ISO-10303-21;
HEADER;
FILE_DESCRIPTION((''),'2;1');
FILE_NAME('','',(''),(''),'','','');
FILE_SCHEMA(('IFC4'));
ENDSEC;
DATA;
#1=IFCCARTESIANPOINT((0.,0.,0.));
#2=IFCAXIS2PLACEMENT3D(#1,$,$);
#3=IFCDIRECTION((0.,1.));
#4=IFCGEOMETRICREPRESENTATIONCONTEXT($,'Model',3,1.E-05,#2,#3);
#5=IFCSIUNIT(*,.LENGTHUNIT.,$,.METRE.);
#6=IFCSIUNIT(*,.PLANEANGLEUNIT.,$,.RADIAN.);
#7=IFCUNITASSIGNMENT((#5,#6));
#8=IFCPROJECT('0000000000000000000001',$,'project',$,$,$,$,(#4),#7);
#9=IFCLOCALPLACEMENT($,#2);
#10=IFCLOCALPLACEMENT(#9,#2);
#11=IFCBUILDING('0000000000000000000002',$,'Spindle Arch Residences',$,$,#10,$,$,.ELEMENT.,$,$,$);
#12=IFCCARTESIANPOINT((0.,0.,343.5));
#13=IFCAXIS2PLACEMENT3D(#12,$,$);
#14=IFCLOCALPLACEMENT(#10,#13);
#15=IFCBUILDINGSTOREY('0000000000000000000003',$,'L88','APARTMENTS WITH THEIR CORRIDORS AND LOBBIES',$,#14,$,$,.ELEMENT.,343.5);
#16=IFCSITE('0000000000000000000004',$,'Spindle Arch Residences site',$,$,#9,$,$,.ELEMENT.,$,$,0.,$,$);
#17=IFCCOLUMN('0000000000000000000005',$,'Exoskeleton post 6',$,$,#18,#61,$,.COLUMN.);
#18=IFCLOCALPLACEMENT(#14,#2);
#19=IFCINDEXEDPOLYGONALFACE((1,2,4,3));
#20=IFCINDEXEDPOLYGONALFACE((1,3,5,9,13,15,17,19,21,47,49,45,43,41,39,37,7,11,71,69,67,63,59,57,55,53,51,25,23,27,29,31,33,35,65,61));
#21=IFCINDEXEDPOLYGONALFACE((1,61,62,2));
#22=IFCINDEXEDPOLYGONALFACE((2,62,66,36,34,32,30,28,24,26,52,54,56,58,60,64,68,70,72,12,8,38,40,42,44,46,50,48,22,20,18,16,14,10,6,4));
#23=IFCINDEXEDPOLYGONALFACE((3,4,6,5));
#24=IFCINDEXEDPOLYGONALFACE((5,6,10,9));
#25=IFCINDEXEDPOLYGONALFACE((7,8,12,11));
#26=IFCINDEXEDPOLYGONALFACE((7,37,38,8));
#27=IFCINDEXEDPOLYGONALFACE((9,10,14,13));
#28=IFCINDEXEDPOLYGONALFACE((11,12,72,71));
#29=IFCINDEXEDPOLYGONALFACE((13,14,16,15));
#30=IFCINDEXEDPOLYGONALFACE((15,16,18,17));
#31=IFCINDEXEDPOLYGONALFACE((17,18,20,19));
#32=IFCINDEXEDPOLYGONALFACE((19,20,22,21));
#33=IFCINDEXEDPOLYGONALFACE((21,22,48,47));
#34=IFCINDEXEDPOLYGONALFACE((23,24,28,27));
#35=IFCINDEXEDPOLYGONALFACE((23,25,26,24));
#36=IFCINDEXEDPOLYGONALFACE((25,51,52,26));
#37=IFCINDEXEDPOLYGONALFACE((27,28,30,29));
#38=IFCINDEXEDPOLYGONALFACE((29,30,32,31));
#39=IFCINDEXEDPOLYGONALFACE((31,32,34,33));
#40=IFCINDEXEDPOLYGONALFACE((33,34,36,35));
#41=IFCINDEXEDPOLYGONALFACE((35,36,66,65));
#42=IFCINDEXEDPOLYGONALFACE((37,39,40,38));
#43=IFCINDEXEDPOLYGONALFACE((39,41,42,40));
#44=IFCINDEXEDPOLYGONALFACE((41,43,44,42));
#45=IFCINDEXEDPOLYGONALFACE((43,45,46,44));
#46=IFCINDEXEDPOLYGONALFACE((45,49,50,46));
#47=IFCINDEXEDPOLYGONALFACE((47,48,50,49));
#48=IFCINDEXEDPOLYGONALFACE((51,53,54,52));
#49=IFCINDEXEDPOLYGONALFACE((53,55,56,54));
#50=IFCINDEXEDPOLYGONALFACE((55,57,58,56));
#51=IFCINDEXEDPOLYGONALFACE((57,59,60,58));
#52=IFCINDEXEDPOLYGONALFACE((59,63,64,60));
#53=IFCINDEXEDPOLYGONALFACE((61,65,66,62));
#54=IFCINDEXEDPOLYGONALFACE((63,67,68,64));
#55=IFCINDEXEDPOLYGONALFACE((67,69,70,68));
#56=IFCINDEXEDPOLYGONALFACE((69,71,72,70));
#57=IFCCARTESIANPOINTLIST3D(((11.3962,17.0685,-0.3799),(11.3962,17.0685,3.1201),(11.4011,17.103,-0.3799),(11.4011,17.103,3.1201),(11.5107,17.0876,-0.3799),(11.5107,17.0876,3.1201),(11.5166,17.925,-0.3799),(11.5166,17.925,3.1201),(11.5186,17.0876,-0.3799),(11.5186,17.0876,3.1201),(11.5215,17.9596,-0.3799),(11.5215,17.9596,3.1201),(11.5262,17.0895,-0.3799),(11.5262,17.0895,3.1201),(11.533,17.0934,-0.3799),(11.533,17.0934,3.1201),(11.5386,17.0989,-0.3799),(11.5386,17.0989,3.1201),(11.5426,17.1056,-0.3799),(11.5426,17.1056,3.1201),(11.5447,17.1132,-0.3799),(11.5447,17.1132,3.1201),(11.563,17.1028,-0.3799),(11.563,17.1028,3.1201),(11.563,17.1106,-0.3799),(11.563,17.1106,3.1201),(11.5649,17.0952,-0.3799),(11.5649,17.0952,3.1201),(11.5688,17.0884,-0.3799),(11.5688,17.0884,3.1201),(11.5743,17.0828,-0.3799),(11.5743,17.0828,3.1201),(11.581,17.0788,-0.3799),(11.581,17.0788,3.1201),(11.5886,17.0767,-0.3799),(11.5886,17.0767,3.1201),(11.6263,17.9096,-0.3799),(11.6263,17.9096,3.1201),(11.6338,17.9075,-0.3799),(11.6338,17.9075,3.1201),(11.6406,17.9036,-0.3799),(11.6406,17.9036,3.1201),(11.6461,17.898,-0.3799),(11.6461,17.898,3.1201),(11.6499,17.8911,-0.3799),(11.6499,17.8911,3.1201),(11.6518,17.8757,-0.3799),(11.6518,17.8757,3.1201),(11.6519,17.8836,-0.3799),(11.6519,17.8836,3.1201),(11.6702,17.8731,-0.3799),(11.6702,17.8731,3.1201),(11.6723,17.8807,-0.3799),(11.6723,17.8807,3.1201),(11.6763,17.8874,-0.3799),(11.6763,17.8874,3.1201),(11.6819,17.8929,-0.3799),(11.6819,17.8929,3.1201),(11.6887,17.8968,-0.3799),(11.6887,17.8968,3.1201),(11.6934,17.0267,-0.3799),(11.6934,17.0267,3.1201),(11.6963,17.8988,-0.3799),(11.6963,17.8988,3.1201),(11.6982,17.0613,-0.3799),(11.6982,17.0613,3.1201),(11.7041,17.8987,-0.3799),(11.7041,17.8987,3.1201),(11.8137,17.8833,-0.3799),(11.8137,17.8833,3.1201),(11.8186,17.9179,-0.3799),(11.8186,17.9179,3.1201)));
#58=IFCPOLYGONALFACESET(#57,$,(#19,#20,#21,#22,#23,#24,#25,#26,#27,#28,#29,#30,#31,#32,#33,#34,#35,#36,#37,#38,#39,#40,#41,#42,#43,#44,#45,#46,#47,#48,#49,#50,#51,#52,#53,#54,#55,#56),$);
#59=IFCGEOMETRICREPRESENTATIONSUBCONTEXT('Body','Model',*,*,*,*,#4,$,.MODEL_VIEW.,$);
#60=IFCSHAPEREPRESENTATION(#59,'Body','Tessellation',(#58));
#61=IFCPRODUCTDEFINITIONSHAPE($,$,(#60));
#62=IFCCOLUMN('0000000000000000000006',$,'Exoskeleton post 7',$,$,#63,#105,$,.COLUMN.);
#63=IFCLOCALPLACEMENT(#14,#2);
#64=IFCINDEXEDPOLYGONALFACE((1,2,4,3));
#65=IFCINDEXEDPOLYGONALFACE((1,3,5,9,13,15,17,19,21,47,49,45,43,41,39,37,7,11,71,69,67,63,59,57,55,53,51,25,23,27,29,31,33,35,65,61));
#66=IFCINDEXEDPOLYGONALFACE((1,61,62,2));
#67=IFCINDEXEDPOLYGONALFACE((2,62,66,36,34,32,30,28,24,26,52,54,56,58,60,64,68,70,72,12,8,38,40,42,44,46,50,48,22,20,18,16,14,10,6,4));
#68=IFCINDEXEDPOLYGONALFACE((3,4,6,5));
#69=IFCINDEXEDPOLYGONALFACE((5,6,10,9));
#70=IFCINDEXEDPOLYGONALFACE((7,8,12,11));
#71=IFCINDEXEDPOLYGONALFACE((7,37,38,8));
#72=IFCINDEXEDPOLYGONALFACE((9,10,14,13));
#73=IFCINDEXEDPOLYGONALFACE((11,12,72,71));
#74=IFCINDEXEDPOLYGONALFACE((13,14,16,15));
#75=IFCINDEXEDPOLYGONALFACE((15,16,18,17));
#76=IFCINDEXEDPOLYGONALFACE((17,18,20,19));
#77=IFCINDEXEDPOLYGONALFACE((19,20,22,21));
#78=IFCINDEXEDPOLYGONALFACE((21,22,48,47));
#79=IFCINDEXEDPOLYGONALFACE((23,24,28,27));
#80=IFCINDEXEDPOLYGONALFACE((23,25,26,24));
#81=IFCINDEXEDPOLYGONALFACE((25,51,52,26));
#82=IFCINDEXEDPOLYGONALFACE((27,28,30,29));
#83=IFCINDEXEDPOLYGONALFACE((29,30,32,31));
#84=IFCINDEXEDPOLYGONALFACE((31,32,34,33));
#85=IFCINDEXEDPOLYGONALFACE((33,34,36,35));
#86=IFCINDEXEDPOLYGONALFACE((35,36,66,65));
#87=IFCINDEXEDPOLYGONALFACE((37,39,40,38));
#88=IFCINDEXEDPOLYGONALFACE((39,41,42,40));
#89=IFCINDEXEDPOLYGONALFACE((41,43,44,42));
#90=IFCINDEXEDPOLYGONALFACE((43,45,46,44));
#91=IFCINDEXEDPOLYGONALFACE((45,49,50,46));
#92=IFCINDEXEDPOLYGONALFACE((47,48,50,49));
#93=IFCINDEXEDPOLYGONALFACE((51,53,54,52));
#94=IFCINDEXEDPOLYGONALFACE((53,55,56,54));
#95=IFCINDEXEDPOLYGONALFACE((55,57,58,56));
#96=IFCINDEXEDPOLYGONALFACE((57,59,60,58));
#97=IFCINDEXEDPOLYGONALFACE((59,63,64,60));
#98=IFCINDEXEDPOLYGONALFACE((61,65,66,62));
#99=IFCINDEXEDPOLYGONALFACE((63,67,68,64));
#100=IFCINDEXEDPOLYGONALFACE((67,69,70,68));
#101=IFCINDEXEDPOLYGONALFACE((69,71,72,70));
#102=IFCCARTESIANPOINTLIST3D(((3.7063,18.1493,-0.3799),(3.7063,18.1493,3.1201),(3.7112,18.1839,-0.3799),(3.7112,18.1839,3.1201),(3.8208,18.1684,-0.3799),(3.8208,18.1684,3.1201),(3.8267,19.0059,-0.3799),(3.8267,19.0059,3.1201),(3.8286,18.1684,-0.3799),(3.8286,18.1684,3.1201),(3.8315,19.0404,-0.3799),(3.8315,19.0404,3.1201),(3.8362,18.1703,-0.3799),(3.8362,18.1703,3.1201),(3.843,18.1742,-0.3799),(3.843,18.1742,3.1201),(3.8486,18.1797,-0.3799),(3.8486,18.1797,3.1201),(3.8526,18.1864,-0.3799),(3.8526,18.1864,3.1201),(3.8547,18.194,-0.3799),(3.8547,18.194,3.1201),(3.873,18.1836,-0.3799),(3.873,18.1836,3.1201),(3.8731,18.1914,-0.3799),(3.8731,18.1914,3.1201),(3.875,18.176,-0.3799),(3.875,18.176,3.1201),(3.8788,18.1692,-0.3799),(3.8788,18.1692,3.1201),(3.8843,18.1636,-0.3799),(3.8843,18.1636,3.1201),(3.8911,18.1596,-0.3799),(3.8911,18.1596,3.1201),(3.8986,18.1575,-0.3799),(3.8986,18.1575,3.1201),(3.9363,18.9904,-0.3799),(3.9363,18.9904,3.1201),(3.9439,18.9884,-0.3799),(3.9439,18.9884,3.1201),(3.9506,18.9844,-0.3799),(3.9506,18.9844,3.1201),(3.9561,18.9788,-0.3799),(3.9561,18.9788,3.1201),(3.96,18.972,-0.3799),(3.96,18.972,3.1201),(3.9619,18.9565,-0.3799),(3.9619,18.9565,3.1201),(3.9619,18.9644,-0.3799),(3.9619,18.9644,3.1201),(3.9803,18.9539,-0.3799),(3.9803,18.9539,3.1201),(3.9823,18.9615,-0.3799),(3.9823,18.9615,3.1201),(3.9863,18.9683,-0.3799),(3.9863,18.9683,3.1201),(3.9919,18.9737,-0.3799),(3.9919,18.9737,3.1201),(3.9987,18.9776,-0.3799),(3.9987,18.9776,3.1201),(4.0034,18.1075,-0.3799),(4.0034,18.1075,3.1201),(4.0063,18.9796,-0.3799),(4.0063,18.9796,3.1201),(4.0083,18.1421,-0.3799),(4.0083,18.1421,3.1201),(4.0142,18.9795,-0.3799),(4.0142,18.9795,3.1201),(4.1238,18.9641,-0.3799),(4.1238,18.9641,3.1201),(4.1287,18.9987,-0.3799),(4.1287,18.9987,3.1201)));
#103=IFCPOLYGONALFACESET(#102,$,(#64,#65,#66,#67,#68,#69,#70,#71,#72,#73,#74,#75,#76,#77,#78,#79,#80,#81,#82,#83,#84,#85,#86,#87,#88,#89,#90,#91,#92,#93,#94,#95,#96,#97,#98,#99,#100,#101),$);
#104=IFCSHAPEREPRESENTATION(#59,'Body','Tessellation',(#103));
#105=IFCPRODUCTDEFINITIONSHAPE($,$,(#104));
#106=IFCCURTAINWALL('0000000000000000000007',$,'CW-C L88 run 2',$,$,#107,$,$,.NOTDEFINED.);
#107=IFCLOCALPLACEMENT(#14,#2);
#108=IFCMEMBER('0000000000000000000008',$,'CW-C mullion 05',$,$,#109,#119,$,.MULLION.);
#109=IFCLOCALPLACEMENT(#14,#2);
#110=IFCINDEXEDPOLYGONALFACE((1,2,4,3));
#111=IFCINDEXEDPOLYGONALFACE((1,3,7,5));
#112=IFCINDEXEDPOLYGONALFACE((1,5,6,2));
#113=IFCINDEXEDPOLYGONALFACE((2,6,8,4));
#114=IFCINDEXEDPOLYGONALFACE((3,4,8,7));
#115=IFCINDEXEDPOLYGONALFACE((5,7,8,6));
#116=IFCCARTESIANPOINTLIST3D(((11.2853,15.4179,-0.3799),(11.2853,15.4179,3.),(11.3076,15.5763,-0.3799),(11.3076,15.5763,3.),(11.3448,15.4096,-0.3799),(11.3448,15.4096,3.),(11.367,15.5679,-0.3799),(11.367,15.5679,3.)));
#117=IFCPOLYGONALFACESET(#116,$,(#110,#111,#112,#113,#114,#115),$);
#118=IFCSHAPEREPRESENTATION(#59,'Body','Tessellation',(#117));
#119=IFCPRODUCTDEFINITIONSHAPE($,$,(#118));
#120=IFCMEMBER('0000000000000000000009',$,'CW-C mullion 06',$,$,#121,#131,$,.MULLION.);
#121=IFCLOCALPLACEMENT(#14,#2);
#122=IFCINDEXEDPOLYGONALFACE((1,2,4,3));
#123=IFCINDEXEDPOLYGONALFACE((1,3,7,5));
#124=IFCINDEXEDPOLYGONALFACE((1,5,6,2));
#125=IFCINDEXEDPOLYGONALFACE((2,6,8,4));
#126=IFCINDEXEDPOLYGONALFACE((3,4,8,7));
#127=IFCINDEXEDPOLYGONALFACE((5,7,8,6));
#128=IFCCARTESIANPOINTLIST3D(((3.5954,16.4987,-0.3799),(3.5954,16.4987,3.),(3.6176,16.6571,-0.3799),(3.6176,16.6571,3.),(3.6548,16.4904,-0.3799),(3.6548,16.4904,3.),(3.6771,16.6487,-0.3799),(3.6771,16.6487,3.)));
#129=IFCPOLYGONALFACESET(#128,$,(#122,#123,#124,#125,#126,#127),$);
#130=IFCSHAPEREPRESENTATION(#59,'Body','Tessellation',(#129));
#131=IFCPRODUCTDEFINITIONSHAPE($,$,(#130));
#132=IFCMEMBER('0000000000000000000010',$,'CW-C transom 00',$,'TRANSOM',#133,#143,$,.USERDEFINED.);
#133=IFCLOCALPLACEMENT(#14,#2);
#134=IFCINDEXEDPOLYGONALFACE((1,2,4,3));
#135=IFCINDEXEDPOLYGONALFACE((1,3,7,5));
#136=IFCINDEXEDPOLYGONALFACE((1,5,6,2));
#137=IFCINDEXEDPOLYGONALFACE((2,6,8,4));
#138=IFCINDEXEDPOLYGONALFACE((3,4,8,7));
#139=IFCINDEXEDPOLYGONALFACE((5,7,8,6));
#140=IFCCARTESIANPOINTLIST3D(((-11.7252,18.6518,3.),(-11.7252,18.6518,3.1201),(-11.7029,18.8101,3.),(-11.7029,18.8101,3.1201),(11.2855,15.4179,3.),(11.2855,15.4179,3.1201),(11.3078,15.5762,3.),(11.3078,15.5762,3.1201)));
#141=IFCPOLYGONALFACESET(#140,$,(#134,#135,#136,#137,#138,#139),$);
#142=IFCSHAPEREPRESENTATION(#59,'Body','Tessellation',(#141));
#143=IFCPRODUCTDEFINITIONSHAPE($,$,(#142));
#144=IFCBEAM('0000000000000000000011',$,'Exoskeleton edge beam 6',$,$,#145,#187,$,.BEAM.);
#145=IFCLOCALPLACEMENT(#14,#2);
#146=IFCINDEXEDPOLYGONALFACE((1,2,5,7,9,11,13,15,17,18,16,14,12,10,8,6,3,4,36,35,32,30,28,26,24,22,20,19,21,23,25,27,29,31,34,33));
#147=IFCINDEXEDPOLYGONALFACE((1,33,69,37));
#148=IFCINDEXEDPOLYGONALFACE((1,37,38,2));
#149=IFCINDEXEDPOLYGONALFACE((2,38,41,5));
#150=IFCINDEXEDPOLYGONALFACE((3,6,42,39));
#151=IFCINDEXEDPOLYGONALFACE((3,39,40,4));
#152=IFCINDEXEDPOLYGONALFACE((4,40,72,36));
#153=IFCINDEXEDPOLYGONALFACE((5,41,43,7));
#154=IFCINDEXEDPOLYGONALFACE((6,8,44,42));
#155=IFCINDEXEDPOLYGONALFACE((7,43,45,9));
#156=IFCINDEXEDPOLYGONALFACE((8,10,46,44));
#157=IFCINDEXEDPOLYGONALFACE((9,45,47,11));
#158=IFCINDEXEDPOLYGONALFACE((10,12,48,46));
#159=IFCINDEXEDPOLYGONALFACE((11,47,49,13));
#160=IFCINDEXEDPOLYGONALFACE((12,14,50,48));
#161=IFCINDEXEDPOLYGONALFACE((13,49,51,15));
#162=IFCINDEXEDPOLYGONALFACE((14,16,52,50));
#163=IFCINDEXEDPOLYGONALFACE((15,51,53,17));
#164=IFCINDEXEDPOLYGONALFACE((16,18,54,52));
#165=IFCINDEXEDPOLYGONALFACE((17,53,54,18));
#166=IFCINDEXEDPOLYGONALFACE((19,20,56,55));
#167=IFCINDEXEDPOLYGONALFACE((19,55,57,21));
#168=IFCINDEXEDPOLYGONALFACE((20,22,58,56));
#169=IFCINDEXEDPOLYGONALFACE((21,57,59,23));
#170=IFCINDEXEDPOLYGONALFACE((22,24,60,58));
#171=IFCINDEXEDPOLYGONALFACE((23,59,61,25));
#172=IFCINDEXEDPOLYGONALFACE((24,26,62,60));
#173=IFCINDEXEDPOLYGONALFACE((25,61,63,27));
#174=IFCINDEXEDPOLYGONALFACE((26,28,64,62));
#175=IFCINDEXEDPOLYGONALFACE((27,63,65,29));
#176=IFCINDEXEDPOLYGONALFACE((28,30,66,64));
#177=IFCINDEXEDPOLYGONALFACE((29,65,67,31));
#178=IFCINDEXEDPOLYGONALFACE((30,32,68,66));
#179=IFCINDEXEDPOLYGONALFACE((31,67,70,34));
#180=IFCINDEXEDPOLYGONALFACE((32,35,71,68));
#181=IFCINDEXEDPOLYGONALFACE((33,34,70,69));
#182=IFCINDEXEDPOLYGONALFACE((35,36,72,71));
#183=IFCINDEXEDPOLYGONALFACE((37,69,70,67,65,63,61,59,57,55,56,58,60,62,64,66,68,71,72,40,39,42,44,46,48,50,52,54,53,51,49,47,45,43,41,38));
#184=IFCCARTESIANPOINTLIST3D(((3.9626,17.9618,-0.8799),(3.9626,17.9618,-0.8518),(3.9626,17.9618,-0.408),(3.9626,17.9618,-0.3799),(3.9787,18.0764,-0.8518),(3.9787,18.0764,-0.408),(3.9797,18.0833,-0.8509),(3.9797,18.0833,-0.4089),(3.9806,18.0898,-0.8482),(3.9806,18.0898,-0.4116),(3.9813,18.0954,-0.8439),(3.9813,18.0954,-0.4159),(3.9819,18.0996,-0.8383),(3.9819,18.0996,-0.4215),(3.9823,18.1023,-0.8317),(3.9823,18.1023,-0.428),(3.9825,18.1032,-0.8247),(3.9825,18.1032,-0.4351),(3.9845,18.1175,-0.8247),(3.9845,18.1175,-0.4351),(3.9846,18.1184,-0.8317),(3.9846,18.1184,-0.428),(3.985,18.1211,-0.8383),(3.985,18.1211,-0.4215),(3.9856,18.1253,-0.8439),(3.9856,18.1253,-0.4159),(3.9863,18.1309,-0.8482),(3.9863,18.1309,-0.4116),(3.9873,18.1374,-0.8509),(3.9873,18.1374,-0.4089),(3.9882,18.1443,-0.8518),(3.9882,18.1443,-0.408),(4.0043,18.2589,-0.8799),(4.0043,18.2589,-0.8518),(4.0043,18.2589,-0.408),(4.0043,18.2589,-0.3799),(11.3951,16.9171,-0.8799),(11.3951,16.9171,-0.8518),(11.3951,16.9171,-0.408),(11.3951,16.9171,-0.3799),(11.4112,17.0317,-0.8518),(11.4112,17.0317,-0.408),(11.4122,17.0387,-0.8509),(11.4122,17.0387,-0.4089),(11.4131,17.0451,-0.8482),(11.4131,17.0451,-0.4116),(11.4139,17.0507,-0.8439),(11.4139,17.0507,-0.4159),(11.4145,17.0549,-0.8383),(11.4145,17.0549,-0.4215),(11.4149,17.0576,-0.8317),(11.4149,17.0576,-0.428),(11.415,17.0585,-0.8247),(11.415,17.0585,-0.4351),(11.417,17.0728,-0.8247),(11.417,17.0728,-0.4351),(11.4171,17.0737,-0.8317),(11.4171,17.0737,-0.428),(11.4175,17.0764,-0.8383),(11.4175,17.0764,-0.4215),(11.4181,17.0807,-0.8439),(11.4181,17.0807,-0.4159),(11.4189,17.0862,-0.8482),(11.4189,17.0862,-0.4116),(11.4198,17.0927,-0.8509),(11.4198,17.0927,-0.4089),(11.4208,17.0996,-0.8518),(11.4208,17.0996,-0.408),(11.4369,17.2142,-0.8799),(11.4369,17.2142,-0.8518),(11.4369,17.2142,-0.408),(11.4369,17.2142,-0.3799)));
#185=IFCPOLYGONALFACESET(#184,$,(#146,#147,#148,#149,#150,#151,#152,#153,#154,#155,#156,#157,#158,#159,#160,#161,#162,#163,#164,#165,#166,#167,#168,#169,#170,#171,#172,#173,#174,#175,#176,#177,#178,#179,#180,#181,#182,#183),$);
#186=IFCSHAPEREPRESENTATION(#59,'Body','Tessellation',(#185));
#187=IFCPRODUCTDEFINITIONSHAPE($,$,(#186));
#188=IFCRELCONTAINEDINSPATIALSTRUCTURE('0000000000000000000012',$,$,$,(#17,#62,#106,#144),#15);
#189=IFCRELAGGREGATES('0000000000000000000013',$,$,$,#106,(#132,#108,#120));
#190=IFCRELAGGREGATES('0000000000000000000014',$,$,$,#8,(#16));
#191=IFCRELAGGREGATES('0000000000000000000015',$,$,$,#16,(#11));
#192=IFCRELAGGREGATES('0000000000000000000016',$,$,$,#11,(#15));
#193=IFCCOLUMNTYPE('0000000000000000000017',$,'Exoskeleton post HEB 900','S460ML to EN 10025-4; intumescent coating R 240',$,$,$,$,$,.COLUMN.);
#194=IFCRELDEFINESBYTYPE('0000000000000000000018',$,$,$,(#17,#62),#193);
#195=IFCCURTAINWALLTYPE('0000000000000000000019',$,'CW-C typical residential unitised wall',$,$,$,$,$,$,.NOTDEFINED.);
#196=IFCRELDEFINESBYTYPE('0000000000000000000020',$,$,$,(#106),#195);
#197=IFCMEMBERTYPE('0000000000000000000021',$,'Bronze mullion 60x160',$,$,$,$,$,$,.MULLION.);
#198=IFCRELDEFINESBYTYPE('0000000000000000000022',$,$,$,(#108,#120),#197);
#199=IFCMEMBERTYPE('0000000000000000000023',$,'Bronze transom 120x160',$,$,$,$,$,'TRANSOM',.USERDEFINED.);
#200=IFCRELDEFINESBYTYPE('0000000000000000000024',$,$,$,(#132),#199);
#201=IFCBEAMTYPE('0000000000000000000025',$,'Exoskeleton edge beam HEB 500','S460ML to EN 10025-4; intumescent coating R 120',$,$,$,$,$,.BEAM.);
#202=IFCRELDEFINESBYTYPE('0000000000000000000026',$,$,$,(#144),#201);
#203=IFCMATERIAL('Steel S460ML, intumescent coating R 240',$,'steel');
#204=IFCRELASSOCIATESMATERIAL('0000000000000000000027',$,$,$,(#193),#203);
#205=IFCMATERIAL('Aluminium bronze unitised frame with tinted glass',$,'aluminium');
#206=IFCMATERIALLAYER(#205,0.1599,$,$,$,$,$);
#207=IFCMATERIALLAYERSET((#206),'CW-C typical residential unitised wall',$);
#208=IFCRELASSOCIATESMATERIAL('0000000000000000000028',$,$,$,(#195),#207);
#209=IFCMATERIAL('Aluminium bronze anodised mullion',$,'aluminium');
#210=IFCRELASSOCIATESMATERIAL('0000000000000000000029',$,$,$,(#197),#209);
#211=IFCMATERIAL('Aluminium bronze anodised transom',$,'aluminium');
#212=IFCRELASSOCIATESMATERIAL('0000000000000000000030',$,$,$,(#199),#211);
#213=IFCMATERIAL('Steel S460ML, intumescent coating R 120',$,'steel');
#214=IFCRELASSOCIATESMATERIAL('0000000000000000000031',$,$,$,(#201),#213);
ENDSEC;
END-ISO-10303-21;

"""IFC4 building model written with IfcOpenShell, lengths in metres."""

from ifc_helpers import new_model, si_unit, direction, frame, origin, origin_2d, place, context, subcontext, project, spatial, rectangle, i_section, extrude, material, layer, layer_set, material_profile, profile_set, type_object, element, aggregate, save


model = new_model("IFC4")

# Units and contexts
model_context = context("Model", 3, precision=1e-05, world=origin(), true_north=direction((0.0, 1.0)))
body_context = subcontext(model_context, "Body", "Model", "MODEL_VIEW")
ifc_project = project(units=[si_unit("LENGTHUNIT", "METRE"), si_unit("PLANEANGLEUNIT", "RADIAN")], contexts=[model_context])

# Site, building, storey
site_placement = place(None, origin())
site = spatial("IfcSite", under=ifc_project, at=site_placement, Name="Spindle Arch Residences site", CompositionType="ELEMENT", RefElevation=0.0)
building_placement = place(site_placement, origin())
building = spatial("IfcBuilding", under=site, at=building_placement, Name="Spindle Arch Residences", CompositionType="ELEMENT")
storey_placement = place(building_placement, frame((0.0, 0.0, 343.5)))
storey = spatial("IfcBuildingStorey", under=building, at=storey_placement, Name="L88", Description="APARTMENTS WITH THEIR CORRIDORS AND LOBBIES", CompositionType="ELEMENT", Elevation=343.5)

# Columns
ifc_material_1 = material(Name="Steel S460ML, intumescent coating R 240", Category="steel")
ifc_material_profile_1 = material_profile(ifc_material_1, i_section(OverallWidth=0.3, OverallDepth=0.8999, WebThickness=0.0186, FlangeThickness=0.0349, FilletRadius=0.03, at=origin_2d()), Name="HEB 900")
ifc_profile_set_1 = profile_set([ifc_material_profile_1], Name="Steel S460ML, intumescent coating R 240")
column_type = type_object("IfcColumnType", Name="Exoskeleton post HEB 900", Description="S460ML to EN 10025-4; intumescent coating R 240", PredefinedType="COLUMN", material=ifc_profile_set_1)
for number, where, z_axis, x_axis, name in (
    (1, (11.6074, 17.4932, -0.3799), (0.0, 0.0, 1.0), (0.990268, -0.139173, 0.0), "Exoskeleton post 6"),
    (2, (3.9175, 18.574, -0.3799), (0.0, 0.0, 1.0), (0.990268, -0.139173, 0.0), "Exoskeleton post 7"),
):
    element("IfcColumn", number, at=place(storey_placement, frame(where, z_axis=z_axis, x_axis=x_axis)), inside=storey, type_object=column_type, Name=name, PredefinedType="COLUMN", context=body_context, shape_type="SweptSolid", body=[
        extrude(i_section(OverallWidth=0.3, OverallDepth=0.8999, WebThickness=0.0186, FlangeThickness=0.0349, FilletRadius=0.03, at=origin_2d()), origin(), (0.0, 0.0, 1.0), 3.5),
    ])

# Curtain wall, members
ifc_material_2 = material(Name="Aluminium bronze unitised frame with tinted glass", Category="aluminium")
ifc_layer_1 = layer(ifc_material_2, 0.1599)
ifc_layer_set_1 = layer_set([ifc_layer_1], Name="CW-C typical residential unitised wall")
curtain_wall_type_1 = type_object("IfcCurtainWallType", Name="CW-C typical residential unitised wall", PredefinedType="NOTDEFINED", material=ifc_layer_set_1)
curtain_wall_1_placement = place(storey_placement, origin())
curtain_wall_1 = element("IfcCurtainWall", 3, at=curtain_wall_1_placement, inside=storey, type_object=curtain_wall_type_1, Name="CW-C L88 run 2", PredefinedType="NOTDEFINED")
ifc_material_3 = material(Name="Aluminium bronze anodised mullion", Category="aluminium")
ifc_material_profile_2 = material_profile(ifc_material_3, rectangle(XDim=0.1599, YDim=0.0601, at=origin_2d()), Name="MU 60x160")
ifc_profile_set_2 = profile_set([ifc_material_profile_2], Name="Aluminium bronze anodised mullion")
member_type_1 = type_object("IfcMemberType", Name="Bronze mullion 60x160", PredefinedType="MULLION", material=ifc_profile_set_2)
member_1_placement = place(storey_placement, frame((11.3262, 15.4929, -0.3799), z_axis=(0.0, 0.0, 1.0), x_axis=(-0.139173, -0.990268, 0.0)))
member_1 = element("IfcMember", 4, at=member_1_placement, type_object=member_type_1, Name="CW-C mullion 05", PredefinedType="MULLION", context=body_context, shape_type="SweptSolid", body=[
    extrude(rectangle(XDim=0.1599, YDim=0.0601, at=origin_2d()), origin(), (0.0, 0.0, 1.0), 3.3799),
])
member_2_placement = place(storey_placement, frame((3.6362, 16.5737, -0.3799), z_axis=(0.0, 0.0, 1.0), x_axis=(-0.139173, -0.990268, 0.0)))
member_2 = element("IfcMember", 5, at=member_2_placement, type_object=member_type_1, Name="CW-C mullion 06", PredefinedType="MULLION", context=body_context, shape_type="SweptSolid", body=[
    extrude(rectangle(XDim=0.1599, YDim=0.0601, at=origin_2d()), origin(), (0.0, 0.0, 1.0), 3.3799),
])
ifc_material_4 = material(Name="Aluminium bronze anodised transom", Category="aluminium")
ifc_material_profile_3 = material_profile(ifc_material_4, rectangle(XDim=0.1599, YDim=0.1201, at=origin_2d()), Name="TR 120x160")
ifc_profile_set_3 = profile_set([ifc_material_profile_3], Name="Aluminium bronze anodised transom")
member_type_2 = type_object("IfcMemberType", Name="Bronze transom 120x160", ElementType="TRANSOM", PredefinedType="USERDEFINED", material=ifc_profile_set_3)
member_3_placement = place(storey_placement, frame((11.2966, 15.4971, 3.0601), z_axis=(-0.990268, 0.13917, 0.0), x_axis=(-0.13917, -0.990268, 0.0)))
member_3 = element("IfcMember", 6, at=member_3_placement, type_object=member_type_2, Name="CW-C transom 00", ObjectType="TRANSOM", PredefinedType="USERDEFINED", context=body_context, shape_type="SweptSolid", body=[
    extrude(rectangle(XDim=0.1599, YDim=0.1201, at=origin_2d()), origin(), (0.0, 0.0, 1.0), 23.2368),
])

# Beam
ifc_material_5 = material(Name="Steel S460ML, intumescent coating R 120", Category="steel")
ifc_material_profile_4 = material_profile(ifc_material_5, i_section(OverallWidth=0.3, OverallDepth=0.5, WebThickness=0.0144, FlangeThickness=0.0281, FilletRadius=0.0271, at=origin_2d()), Name="HEB 500")
ifc_profile_set_4 = profile_set([ifc_material_profile_4], Name="Steel S460ML, intumescent coating R 120")
beam_type_1 = type_object("IfcBeamType", Name="Exoskeleton edge beam HEB 500", Description="S460ML to EN 10025-4; intumescent coating R 120", PredefinedType="BEAM", material=ifc_profile_set_4)
for number, where, z_axis, x_axis, name in (
    (7, (11.416, 17.0657, -0.6299), (-0.990266, 0.139185, 0.0), (-0.139185, -0.990266, 0.0), "Exoskeleton edge beam 6"),
):
    element("IfcBeam", number, at=place(storey_placement, frame(where, z_axis=z_axis, x_axis=x_axis)), inside=storey, type_object=beam_type_1, Name=name, PredefinedType="BEAM", context=body_context, shape_type="SweptSolid", body=[
        extrude(i_section(OverallWidth=0.3, OverallDepth=0.5, WebThickness=0.0144, FlangeThickness=0.0281, FilletRadius=0.0271, at=origin_2d()), origin(), (0.0, 0.0, 1.0), 7.5056),
    ])

aggregate(curtain_wall_1, [member_3, member_1, member_2])

save(model, "model.ifc")
